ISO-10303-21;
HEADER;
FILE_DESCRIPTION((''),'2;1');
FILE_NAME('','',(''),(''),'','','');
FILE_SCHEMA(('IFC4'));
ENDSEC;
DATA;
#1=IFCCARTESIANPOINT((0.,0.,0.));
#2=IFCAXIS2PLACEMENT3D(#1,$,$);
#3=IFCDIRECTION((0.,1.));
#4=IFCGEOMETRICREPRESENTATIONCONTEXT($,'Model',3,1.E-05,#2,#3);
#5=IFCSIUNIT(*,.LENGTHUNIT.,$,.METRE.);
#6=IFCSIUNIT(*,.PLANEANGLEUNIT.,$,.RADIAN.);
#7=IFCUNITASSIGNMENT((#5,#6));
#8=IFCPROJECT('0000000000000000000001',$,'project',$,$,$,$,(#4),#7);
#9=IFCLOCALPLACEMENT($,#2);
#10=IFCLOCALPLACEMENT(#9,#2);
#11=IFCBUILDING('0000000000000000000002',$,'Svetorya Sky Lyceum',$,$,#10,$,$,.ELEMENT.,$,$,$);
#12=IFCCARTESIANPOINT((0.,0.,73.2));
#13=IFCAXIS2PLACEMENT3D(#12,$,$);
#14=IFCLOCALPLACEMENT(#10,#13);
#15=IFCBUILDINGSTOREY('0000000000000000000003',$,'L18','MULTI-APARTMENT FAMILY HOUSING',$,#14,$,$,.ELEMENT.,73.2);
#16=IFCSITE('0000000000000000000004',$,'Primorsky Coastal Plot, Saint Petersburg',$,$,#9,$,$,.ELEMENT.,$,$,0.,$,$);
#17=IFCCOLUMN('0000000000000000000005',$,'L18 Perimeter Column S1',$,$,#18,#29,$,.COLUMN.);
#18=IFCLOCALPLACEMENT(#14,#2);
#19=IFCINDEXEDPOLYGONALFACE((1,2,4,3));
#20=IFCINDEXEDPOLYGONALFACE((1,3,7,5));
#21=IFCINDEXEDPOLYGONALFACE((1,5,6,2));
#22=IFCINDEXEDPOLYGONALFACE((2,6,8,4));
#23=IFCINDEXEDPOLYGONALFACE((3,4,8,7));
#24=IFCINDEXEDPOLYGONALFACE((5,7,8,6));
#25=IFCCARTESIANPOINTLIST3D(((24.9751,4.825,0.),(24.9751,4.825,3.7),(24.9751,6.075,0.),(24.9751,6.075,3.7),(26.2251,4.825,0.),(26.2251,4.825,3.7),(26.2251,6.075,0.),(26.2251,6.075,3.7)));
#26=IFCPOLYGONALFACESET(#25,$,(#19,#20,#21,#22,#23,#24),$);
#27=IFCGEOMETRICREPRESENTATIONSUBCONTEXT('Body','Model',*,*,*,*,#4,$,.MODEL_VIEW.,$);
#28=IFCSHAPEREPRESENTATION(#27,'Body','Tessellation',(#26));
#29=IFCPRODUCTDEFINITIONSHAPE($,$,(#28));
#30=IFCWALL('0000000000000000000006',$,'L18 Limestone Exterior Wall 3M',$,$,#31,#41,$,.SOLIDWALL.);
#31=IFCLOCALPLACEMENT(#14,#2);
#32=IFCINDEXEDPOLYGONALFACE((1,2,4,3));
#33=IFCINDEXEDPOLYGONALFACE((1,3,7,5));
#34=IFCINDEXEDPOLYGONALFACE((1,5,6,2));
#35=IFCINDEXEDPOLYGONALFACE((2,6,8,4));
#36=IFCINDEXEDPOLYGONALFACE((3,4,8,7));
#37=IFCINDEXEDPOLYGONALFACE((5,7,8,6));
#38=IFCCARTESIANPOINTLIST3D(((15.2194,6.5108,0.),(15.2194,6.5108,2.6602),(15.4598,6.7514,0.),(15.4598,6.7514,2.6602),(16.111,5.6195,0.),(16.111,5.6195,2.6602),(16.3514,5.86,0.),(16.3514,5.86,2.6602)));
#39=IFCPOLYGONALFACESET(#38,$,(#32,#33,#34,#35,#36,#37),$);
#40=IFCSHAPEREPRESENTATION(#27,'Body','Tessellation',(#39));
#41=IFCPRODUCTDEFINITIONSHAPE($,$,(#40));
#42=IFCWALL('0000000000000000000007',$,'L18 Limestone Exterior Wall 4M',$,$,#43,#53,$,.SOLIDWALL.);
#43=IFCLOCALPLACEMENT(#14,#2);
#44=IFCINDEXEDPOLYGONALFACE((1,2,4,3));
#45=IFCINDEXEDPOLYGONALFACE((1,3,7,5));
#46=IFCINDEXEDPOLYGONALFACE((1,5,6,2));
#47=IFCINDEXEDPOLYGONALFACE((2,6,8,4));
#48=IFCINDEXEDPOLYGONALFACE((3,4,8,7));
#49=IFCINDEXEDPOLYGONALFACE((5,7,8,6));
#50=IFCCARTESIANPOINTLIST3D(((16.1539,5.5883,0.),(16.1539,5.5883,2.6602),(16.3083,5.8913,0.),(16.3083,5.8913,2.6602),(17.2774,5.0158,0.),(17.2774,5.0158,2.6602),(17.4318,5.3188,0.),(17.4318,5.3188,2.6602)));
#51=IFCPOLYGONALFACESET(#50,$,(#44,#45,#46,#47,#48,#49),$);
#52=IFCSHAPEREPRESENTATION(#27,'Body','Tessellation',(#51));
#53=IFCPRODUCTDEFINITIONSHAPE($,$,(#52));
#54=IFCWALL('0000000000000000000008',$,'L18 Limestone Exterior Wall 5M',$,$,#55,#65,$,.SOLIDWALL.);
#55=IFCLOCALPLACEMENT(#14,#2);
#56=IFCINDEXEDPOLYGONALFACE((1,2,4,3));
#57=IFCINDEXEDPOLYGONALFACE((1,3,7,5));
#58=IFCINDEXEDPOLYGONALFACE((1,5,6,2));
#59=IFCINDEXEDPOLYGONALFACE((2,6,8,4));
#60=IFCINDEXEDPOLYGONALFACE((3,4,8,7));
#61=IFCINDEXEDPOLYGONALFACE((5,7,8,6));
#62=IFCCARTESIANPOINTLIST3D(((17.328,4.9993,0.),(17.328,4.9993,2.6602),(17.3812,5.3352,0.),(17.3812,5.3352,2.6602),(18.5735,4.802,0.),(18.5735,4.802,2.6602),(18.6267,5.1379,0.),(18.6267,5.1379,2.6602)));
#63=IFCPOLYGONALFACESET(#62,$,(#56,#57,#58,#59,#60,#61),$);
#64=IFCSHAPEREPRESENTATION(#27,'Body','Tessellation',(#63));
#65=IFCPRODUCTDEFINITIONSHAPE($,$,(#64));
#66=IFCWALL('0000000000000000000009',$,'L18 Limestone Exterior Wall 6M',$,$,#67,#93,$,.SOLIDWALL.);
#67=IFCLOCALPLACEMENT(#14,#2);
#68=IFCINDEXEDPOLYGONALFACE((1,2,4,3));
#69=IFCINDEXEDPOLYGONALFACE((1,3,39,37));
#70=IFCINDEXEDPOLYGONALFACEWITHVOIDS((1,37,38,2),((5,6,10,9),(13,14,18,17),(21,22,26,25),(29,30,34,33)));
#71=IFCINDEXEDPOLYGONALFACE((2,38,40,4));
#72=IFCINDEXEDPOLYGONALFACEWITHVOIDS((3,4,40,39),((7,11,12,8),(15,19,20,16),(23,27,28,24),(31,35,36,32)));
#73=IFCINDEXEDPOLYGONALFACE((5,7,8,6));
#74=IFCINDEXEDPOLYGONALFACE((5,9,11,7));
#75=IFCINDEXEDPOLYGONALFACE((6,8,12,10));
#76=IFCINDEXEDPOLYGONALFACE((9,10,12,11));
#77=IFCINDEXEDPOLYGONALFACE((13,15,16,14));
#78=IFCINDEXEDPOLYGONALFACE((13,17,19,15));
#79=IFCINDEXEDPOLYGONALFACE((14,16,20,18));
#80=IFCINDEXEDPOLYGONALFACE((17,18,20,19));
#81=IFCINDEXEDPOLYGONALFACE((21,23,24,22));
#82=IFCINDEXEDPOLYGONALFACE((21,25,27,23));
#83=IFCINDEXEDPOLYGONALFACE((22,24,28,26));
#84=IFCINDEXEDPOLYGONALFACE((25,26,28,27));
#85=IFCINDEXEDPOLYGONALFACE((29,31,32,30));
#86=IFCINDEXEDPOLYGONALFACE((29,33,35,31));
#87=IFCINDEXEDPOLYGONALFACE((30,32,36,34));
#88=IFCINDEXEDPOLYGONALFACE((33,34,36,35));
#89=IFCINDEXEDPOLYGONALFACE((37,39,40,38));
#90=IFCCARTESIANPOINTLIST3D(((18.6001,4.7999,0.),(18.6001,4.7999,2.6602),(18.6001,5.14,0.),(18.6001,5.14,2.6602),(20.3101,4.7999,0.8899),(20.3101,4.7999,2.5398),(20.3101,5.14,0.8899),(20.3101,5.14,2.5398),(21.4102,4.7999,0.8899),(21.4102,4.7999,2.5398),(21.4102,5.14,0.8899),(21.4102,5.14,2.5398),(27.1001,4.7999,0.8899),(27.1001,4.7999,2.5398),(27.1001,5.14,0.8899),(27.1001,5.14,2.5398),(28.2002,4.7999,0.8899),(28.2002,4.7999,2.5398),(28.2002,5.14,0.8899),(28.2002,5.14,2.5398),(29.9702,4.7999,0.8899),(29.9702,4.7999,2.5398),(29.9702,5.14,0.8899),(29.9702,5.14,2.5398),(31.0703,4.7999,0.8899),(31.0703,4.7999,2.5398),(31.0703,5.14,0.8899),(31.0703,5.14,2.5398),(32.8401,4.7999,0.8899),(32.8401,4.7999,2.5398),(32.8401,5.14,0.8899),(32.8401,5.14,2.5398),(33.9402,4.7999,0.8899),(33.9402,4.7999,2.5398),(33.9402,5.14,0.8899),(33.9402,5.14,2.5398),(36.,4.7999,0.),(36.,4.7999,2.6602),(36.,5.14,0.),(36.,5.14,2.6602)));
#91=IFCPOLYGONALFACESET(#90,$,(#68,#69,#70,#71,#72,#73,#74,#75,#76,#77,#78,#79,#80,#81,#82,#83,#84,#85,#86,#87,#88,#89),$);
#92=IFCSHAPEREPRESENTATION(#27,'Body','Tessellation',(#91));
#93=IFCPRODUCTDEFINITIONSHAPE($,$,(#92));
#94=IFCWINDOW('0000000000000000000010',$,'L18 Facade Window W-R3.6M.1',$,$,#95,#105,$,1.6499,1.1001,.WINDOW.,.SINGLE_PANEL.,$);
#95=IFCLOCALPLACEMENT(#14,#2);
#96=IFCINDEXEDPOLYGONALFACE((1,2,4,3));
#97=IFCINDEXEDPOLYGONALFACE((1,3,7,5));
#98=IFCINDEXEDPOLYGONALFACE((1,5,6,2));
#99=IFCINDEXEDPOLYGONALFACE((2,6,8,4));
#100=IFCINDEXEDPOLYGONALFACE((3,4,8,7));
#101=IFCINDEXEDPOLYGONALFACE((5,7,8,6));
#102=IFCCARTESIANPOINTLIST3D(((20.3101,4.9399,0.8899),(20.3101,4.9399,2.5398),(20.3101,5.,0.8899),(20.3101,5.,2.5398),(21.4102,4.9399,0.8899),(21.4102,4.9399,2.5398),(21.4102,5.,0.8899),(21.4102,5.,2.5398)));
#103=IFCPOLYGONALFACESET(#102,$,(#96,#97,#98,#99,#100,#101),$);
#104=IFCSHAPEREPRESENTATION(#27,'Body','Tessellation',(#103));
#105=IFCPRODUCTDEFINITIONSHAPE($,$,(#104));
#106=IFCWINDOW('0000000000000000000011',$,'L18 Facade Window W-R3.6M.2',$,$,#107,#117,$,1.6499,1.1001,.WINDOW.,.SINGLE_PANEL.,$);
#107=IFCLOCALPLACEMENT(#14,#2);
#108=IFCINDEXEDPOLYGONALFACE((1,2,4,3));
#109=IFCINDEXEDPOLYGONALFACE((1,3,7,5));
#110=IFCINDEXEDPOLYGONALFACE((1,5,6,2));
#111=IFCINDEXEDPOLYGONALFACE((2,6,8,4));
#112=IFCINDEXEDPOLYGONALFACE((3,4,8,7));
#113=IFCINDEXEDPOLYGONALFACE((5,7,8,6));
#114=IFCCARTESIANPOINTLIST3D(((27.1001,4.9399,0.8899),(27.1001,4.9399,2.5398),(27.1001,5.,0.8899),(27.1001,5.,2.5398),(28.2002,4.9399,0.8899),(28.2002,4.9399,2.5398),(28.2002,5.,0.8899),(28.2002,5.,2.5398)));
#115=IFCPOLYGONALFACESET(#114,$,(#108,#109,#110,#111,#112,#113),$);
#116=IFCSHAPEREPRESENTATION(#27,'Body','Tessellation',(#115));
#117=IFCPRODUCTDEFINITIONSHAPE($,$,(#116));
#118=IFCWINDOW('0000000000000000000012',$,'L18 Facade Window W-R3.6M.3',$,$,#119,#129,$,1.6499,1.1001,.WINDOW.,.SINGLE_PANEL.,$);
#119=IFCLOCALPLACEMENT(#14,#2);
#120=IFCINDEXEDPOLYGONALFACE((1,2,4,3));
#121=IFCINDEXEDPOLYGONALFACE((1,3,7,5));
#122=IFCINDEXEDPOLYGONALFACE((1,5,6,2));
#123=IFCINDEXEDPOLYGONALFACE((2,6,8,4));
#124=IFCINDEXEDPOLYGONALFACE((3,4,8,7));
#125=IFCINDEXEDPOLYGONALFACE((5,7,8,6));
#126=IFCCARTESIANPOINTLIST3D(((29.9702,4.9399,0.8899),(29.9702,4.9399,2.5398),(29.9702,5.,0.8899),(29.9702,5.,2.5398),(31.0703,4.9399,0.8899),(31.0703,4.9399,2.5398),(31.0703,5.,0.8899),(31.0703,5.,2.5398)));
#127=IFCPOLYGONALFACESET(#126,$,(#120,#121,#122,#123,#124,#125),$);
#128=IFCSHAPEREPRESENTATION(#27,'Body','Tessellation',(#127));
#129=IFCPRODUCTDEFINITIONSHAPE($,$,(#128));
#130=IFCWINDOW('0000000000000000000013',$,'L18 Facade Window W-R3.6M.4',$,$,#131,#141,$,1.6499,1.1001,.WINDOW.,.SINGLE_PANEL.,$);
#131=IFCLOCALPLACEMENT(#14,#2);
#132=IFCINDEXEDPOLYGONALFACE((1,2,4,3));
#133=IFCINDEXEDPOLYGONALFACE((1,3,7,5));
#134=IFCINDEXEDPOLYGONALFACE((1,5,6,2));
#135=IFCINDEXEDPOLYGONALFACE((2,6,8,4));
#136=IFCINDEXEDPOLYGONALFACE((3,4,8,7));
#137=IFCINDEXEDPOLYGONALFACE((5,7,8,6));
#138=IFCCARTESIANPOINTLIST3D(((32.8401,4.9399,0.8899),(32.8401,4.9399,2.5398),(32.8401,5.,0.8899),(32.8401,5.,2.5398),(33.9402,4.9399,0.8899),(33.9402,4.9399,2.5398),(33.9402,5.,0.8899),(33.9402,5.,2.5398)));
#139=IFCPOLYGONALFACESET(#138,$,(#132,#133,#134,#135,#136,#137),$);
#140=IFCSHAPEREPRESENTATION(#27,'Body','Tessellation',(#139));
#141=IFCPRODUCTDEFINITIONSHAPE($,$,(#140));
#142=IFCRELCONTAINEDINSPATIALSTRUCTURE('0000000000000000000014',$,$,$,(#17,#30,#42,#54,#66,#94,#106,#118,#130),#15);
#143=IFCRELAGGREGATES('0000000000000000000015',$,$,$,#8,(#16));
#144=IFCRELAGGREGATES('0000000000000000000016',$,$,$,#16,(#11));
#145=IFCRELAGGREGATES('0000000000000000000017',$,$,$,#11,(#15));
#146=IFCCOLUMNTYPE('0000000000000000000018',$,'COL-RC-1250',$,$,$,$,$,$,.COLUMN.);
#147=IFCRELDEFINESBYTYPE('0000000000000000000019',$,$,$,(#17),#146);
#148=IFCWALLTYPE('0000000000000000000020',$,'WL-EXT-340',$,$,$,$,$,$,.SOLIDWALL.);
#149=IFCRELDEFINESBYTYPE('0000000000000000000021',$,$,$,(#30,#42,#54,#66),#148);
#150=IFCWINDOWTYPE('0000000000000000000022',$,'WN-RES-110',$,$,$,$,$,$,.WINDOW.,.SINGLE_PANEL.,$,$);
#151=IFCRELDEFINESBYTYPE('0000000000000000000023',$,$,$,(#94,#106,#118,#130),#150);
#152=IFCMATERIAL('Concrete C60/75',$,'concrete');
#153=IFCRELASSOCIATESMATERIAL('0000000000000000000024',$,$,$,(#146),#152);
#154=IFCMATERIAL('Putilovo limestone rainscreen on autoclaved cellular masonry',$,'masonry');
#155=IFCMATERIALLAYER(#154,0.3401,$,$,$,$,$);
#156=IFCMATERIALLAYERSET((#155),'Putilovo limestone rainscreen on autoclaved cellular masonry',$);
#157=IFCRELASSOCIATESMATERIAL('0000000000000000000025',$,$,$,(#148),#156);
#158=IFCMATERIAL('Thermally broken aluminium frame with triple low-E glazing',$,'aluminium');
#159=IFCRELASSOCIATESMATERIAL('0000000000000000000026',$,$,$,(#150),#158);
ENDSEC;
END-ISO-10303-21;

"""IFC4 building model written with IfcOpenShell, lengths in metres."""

from ifc_helpers import new_model, si_unit, direction, frame, frame_2d, origin, origin_2d, place, context, subcontext, project, spatial, rectangle, extrude, material, layer, layer_set, material_profile, profile_set, type_object, element, fill, save


model = new_model("IFC4")

# Units and contexts
model_context = context("Model", 3, precision=1e-05, world=origin(), true_north=direction((0.0, 1.0)))
body_context = subcontext(model_context, "Body", "Model", "MODEL_VIEW")
ifc_project = project(units=[si_unit("LENGTHUNIT", "METRE"), si_unit("PLANEANGLEUNIT", "RADIAN")], contexts=[model_context])

# Site, building, storey
site_placement = place(None, origin())
site = spatial("IfcSite", under=ifc_project, at=site_placement, Name="Primorsky Coastal Plot, Saint Petersburg", CompositionType="ELEMENT", RefElevation=0.0)
building_placement = place(site_placement, origin())
building = spatial("IfcBuilding", under=site, at=building_placement, Name="Svetorya Sky Lyceum", CompositionType="ELEMENT")
storey_placement = place(building_placement, frame((0.0, 0.0, 73.2)))
storey = spatial("IfcBuildingStorey", under=building, at=storey_placement, Name="L18", Description="MULTI-APARTMENT FAMILY HOUSING", CompositionType="ELEMENT", Elevation=73.2)

# Column
ifc_material_1 = material(Name="Concrete C60/75", Category="concrete")
ifc_material_profile = material_profile(ifc_material_1, rectangle(XDim=1.25, YDim=1.25, at=origin_2d()), Name="RC COL 1250x1250")
ifc_profile_set = profile_set([ifc_material_profile], Name="Concrete C60/75")
column_type = type_object("IfcColumnType", Name="COL-RC-1250", PredefinedType="COLUMN", material=ifc_profile_set)
column_placement = place(storey_placement, frame((25.6001, 5.45, 0.0), z_axis=(0.0, 0.0, 1.0), x_axis=(1.0, 0.0, 0.0)))
element("IfcColumn", 1, at=column_placement, inside=storey, type_object=column_type, Name="L18 Perimeter Column S1", PredefinedType="COLUMN", context=body_context, shape_type="SweptSolid", body=[
    extrude(rectangle(XDim=1.25, YDim=1.25, at=origin_2d()), origin(), (0.0, 0.0, 1.0), 3.7),
])

# Walls
ifc_material_2 = material(Name="Putilovo limestone rainscreen on autoclaved cellular masonry", Category="masonry")
ifc_layer_1 = layer(ifc_material_2, 0.3401)
ifc_layer_set_1 = layer_set([ifc_layer_1], Name="Putilovo limestone rainscreen on autoclaved cellular masonry")
wall_type_1 = type_object("IfcWallType", Name="WL-EXT-340", PredefinedType="SOLIDWALL", material=ifc_layer_set_1)
wall_1_placement = place(storey_placement, frame((15.3396, 6.6311, 0.0), z_axis=(0.0, 0.0, 1.0), x_axis=(0.707204, -0.70701, 0.0)))
element("IfcWall", 2, at=wall_1_placement, inside=storey, type_object=wall_type_1, Name="L18 Limestone Exterior Wall 3M", PredefinedType="SOLIDWALL", context=body_context, shape_type="SweptSolid", body=[
    extrude(rectangle(XDim=1.2607, YDim=0.3401, at=frame_2d((0.6304, 0.0))), origin(), (0.0, 0.0, 1.0), 2.6602),
])
for number, where, z_axis, x_axis, name in (
    (3, (16.2312, 5.7397, 0.0), (0.0, 0.0, 1.0), (0.890994, -0.454016, 0.0), "L18 Limestone Exterior Wall 4M"),
    (4, (17.3547, 5.1672, 0.0), (0.0, 0.0, 1.0), (0.987686, -0.15645, 0.0), "L18 Limestone Exterior Wall 5M"),
):
    element("IfcWall", number, at=place(storey_placement, frame(where, z_axis=z_axis, x_axis=x_axis)), inside=storey, type_object=wall_type_1, Name=name, PredefinedType="SOLIDWALL", context=body_context, shape_type="SweptSolid", body=[
        extrude(rectangle(XDim=1.261, YDim=0.3401, at=frame_2d((0.6304, 0.0))), origin(), (0.0, 0.0, 1.0), 2.6602),
    ])

# Wall, openings, windows
wall_2_placement = place(storey_placement, frame((18.6001, 4.97, 0.0), z_axis=(0.0, 0.0, 1.0), x_axis=(1.0, 0.0, 0.0)))
wall_2 = element("IfcWall", 5, at=wall_2_placement, inside=storey, type_object=wall_type_1, Name="L18 Limestone Exterior Wall 6M", PredefinedType="SOLIDWALL", context=body_context, shape_type="SweptSolid", body=[
    extrude(rectangle(XDim=17.3999, YDim=0.3401, at=frame_2d((8.7, 0.0))), origin(), (0.0, 0.0, 1.0), 2.6602),
])
opening_1_placement = place(wall_2_placement, frame((1.71, 0.0, 0.8899)))
opening_1 = element("IfcOpeningElement", 6, at=opening_1_placement, cuts=wall_2, PredefinedType="OPENING", context=body_context, shape_type="SweptSolid", body=[
    extrude(rectangle(XDim=1.1001, YDim=1.6499, at=frame_2d((0.55, 0.825))), frame((0.0, 0.1799, 0.0), z_axis=(0.0, -1.0, 0.0), x_axis=(1.0, 0.0, 0.0)), (0.0, 0.0, 1.0), 0.3601),
])
opening_2_placement = place(wall_2_placement, frame((8.5, 0.0, 0.8899)))
opening_2 = element("IfcOpeningElement", 7, at=opening_2_placement, cuts=wall_2, PredefinedType="OPENING", context=body_context, shape_type="SweptSolid", body=[
    extrude(rectangle(XDim=1.1001, YDim=1.6499, at=frame_2d((0.55, 0.825))), frame((0.0, 0.1799, 0.0), z_axis=(0.0, -1.0, 0.0), x_axis=(1.0, 0.0, 0.0)), (0.0, 0.0, 1.0), 0.3601),
])
opening_3_placement = place(wall_2_placement, frame((11.3701, 0.0, 0.8899)))
opening_3 = element("IfcOpeningElement", 8, at=opening_3_placement, cuts=wall_2, PredefinedType="OPENING", context=body_context, shape_type="SweptSolid", body=[
    extrude(rectangle(XDim=1.1001, YDim=1.6499, at=frame_2d((0.55, 0.825))), frame((0.0, 0.1799, 0.0), z_axis=(0.0, -1.0, 0.0), x_axis=(1.0, 0.0, 0.0)), (0.0, 0.0, 1.0), 0.3601),
])
opening_4_placement = place(wall_2_placement, frame((14.24, 0.0, 0.8899)))
opening_4 = element("IfcOpeningElement", 9, at=opening_4_placement, cuts=wall_2, PredefinedType="OPENING", context=body_context, shape_type="SweptSolid", body=[
    extrude(rectangle(XDim=1.1001, YDim=1.6499, at=frame_2d((0.55, 0.825))), frame((0.0, 0.1799, 0.0), z_axis=(0.0, -1.0, 0.0), x_axis=(1.0, 0.0, 0.0)), (0.0, 0.0, 1.0), 0.3601),
])
ifc_material_3 = material(Name="Thermally broken aluminium frame with triple low-E glazing", Category="aluminium")
window_type = type_object("IfcWindowType", Name="WN-RES-110", PartitioningType="SINGLE_PANEL", PredefinedType="WINDOW", material=ifc_material_3)
window_1_placement = place(opening_1_placement, origin())
window_1 = element("IfcWindow", 10, at=window_1_placement, inside=storey, type_object=window_type, Name="L18 Facade Window W-R3.6M.1", OverallHeight=1.6499, OverallWidth=1.1001, PartitioningType="SINGLE_PANEL", PredefinedType="WINDOW", context=body_context, shape_type="SweptSolid", body=[
    extrude(rectangle(XDim=1.1001, YDim=1.6499, at=frame_2d((0.55, 0.825))), frame((0.0, 0.03, 0.0), z_axis=(0.0, -1.0, 0.0), x_axis=(1.0, 0.0, 0.0)), (0.0, 0.0, 1.0), 0.0601),
])
fill(opening_1, window_1)
window_2_placement = place(opening_2_placement, origin())
window_2 = element("IfcWindow", 11, at=window_2_placement, inside=storey, type_object=window_type, Name="L18 Facade Window W-R3.6M.2", OverallHeight=1.6499, OverallWidth=1.1001, PartitioningType="SINGLE_PANEL", PredefinedType="WINDOW", context=body_context, shape_type="SweptSolid", body=[
    extrude(rectangle(XDim=1.1001, YDim=1.6499, at=frame_2d((0.55, 0.825))), frame((0.0, 0.03, 0.0), z_axis=(0.0, -1.0, 0.0), x_axis=(1.0, 0.0, 0.0)), (0.0, 0.0, 1.0), 0.0601),
])
fill(opening_2, window_2)
window_3_placement = place(opening_3_placement, origin())
window_3 = element("IfcWindow", 12, at=window_3_placement, inside=storey, type_object=window_type, Name="L18 Facade Window W-R3.6M.3", OverallHeight=1.6499, OverallWidth=1.1001, PartitioningType="SINGLE_PANEL", PredefinedType="WINDOW", context=body_context, shape_type="SweptSolid", body=[
    extrude(rectangle(XDim=1.1001, YDim=1.6499, at=frame_2d((0.55, 0.825))), frame((0.0, 0.03, 0.0), z_axis=(0.0, -1.0, 0.0), x_axis=(1.0, 0.0, 0.0)), (0.0, 0.0, 1.0), 0.0601),
])
fill(opening_3, window_3)
window_4_placement = place(opening_4_placement, origin())
window_4 = element("IfcWindow", 13, at=window_4_placement, inside=storey, type_object=window_type, Name="L18 Facade Window W-R3.6M.4", OverallHeight=1.6499, OverallWidth=1.1001, PartitioningType="SINGLE_PANEL", PredefinedType="WINDOW", context=body_context, shape_type="SweptSolid", body=[
    extrude(rectangle(XDim=1.1001, YDim=1.6499, at=frame_2d((0.55, 0.825))), frame((0.0, 0.03, 0.0), z_axis=(0.0, -1.0, 0.0), x_axis=(1.0, 0.0, 0.0)), (0.0, 0.0, 1.0), 0.0601),
])
fill(opening_4, window_4)

save(model, "model.ifc")
